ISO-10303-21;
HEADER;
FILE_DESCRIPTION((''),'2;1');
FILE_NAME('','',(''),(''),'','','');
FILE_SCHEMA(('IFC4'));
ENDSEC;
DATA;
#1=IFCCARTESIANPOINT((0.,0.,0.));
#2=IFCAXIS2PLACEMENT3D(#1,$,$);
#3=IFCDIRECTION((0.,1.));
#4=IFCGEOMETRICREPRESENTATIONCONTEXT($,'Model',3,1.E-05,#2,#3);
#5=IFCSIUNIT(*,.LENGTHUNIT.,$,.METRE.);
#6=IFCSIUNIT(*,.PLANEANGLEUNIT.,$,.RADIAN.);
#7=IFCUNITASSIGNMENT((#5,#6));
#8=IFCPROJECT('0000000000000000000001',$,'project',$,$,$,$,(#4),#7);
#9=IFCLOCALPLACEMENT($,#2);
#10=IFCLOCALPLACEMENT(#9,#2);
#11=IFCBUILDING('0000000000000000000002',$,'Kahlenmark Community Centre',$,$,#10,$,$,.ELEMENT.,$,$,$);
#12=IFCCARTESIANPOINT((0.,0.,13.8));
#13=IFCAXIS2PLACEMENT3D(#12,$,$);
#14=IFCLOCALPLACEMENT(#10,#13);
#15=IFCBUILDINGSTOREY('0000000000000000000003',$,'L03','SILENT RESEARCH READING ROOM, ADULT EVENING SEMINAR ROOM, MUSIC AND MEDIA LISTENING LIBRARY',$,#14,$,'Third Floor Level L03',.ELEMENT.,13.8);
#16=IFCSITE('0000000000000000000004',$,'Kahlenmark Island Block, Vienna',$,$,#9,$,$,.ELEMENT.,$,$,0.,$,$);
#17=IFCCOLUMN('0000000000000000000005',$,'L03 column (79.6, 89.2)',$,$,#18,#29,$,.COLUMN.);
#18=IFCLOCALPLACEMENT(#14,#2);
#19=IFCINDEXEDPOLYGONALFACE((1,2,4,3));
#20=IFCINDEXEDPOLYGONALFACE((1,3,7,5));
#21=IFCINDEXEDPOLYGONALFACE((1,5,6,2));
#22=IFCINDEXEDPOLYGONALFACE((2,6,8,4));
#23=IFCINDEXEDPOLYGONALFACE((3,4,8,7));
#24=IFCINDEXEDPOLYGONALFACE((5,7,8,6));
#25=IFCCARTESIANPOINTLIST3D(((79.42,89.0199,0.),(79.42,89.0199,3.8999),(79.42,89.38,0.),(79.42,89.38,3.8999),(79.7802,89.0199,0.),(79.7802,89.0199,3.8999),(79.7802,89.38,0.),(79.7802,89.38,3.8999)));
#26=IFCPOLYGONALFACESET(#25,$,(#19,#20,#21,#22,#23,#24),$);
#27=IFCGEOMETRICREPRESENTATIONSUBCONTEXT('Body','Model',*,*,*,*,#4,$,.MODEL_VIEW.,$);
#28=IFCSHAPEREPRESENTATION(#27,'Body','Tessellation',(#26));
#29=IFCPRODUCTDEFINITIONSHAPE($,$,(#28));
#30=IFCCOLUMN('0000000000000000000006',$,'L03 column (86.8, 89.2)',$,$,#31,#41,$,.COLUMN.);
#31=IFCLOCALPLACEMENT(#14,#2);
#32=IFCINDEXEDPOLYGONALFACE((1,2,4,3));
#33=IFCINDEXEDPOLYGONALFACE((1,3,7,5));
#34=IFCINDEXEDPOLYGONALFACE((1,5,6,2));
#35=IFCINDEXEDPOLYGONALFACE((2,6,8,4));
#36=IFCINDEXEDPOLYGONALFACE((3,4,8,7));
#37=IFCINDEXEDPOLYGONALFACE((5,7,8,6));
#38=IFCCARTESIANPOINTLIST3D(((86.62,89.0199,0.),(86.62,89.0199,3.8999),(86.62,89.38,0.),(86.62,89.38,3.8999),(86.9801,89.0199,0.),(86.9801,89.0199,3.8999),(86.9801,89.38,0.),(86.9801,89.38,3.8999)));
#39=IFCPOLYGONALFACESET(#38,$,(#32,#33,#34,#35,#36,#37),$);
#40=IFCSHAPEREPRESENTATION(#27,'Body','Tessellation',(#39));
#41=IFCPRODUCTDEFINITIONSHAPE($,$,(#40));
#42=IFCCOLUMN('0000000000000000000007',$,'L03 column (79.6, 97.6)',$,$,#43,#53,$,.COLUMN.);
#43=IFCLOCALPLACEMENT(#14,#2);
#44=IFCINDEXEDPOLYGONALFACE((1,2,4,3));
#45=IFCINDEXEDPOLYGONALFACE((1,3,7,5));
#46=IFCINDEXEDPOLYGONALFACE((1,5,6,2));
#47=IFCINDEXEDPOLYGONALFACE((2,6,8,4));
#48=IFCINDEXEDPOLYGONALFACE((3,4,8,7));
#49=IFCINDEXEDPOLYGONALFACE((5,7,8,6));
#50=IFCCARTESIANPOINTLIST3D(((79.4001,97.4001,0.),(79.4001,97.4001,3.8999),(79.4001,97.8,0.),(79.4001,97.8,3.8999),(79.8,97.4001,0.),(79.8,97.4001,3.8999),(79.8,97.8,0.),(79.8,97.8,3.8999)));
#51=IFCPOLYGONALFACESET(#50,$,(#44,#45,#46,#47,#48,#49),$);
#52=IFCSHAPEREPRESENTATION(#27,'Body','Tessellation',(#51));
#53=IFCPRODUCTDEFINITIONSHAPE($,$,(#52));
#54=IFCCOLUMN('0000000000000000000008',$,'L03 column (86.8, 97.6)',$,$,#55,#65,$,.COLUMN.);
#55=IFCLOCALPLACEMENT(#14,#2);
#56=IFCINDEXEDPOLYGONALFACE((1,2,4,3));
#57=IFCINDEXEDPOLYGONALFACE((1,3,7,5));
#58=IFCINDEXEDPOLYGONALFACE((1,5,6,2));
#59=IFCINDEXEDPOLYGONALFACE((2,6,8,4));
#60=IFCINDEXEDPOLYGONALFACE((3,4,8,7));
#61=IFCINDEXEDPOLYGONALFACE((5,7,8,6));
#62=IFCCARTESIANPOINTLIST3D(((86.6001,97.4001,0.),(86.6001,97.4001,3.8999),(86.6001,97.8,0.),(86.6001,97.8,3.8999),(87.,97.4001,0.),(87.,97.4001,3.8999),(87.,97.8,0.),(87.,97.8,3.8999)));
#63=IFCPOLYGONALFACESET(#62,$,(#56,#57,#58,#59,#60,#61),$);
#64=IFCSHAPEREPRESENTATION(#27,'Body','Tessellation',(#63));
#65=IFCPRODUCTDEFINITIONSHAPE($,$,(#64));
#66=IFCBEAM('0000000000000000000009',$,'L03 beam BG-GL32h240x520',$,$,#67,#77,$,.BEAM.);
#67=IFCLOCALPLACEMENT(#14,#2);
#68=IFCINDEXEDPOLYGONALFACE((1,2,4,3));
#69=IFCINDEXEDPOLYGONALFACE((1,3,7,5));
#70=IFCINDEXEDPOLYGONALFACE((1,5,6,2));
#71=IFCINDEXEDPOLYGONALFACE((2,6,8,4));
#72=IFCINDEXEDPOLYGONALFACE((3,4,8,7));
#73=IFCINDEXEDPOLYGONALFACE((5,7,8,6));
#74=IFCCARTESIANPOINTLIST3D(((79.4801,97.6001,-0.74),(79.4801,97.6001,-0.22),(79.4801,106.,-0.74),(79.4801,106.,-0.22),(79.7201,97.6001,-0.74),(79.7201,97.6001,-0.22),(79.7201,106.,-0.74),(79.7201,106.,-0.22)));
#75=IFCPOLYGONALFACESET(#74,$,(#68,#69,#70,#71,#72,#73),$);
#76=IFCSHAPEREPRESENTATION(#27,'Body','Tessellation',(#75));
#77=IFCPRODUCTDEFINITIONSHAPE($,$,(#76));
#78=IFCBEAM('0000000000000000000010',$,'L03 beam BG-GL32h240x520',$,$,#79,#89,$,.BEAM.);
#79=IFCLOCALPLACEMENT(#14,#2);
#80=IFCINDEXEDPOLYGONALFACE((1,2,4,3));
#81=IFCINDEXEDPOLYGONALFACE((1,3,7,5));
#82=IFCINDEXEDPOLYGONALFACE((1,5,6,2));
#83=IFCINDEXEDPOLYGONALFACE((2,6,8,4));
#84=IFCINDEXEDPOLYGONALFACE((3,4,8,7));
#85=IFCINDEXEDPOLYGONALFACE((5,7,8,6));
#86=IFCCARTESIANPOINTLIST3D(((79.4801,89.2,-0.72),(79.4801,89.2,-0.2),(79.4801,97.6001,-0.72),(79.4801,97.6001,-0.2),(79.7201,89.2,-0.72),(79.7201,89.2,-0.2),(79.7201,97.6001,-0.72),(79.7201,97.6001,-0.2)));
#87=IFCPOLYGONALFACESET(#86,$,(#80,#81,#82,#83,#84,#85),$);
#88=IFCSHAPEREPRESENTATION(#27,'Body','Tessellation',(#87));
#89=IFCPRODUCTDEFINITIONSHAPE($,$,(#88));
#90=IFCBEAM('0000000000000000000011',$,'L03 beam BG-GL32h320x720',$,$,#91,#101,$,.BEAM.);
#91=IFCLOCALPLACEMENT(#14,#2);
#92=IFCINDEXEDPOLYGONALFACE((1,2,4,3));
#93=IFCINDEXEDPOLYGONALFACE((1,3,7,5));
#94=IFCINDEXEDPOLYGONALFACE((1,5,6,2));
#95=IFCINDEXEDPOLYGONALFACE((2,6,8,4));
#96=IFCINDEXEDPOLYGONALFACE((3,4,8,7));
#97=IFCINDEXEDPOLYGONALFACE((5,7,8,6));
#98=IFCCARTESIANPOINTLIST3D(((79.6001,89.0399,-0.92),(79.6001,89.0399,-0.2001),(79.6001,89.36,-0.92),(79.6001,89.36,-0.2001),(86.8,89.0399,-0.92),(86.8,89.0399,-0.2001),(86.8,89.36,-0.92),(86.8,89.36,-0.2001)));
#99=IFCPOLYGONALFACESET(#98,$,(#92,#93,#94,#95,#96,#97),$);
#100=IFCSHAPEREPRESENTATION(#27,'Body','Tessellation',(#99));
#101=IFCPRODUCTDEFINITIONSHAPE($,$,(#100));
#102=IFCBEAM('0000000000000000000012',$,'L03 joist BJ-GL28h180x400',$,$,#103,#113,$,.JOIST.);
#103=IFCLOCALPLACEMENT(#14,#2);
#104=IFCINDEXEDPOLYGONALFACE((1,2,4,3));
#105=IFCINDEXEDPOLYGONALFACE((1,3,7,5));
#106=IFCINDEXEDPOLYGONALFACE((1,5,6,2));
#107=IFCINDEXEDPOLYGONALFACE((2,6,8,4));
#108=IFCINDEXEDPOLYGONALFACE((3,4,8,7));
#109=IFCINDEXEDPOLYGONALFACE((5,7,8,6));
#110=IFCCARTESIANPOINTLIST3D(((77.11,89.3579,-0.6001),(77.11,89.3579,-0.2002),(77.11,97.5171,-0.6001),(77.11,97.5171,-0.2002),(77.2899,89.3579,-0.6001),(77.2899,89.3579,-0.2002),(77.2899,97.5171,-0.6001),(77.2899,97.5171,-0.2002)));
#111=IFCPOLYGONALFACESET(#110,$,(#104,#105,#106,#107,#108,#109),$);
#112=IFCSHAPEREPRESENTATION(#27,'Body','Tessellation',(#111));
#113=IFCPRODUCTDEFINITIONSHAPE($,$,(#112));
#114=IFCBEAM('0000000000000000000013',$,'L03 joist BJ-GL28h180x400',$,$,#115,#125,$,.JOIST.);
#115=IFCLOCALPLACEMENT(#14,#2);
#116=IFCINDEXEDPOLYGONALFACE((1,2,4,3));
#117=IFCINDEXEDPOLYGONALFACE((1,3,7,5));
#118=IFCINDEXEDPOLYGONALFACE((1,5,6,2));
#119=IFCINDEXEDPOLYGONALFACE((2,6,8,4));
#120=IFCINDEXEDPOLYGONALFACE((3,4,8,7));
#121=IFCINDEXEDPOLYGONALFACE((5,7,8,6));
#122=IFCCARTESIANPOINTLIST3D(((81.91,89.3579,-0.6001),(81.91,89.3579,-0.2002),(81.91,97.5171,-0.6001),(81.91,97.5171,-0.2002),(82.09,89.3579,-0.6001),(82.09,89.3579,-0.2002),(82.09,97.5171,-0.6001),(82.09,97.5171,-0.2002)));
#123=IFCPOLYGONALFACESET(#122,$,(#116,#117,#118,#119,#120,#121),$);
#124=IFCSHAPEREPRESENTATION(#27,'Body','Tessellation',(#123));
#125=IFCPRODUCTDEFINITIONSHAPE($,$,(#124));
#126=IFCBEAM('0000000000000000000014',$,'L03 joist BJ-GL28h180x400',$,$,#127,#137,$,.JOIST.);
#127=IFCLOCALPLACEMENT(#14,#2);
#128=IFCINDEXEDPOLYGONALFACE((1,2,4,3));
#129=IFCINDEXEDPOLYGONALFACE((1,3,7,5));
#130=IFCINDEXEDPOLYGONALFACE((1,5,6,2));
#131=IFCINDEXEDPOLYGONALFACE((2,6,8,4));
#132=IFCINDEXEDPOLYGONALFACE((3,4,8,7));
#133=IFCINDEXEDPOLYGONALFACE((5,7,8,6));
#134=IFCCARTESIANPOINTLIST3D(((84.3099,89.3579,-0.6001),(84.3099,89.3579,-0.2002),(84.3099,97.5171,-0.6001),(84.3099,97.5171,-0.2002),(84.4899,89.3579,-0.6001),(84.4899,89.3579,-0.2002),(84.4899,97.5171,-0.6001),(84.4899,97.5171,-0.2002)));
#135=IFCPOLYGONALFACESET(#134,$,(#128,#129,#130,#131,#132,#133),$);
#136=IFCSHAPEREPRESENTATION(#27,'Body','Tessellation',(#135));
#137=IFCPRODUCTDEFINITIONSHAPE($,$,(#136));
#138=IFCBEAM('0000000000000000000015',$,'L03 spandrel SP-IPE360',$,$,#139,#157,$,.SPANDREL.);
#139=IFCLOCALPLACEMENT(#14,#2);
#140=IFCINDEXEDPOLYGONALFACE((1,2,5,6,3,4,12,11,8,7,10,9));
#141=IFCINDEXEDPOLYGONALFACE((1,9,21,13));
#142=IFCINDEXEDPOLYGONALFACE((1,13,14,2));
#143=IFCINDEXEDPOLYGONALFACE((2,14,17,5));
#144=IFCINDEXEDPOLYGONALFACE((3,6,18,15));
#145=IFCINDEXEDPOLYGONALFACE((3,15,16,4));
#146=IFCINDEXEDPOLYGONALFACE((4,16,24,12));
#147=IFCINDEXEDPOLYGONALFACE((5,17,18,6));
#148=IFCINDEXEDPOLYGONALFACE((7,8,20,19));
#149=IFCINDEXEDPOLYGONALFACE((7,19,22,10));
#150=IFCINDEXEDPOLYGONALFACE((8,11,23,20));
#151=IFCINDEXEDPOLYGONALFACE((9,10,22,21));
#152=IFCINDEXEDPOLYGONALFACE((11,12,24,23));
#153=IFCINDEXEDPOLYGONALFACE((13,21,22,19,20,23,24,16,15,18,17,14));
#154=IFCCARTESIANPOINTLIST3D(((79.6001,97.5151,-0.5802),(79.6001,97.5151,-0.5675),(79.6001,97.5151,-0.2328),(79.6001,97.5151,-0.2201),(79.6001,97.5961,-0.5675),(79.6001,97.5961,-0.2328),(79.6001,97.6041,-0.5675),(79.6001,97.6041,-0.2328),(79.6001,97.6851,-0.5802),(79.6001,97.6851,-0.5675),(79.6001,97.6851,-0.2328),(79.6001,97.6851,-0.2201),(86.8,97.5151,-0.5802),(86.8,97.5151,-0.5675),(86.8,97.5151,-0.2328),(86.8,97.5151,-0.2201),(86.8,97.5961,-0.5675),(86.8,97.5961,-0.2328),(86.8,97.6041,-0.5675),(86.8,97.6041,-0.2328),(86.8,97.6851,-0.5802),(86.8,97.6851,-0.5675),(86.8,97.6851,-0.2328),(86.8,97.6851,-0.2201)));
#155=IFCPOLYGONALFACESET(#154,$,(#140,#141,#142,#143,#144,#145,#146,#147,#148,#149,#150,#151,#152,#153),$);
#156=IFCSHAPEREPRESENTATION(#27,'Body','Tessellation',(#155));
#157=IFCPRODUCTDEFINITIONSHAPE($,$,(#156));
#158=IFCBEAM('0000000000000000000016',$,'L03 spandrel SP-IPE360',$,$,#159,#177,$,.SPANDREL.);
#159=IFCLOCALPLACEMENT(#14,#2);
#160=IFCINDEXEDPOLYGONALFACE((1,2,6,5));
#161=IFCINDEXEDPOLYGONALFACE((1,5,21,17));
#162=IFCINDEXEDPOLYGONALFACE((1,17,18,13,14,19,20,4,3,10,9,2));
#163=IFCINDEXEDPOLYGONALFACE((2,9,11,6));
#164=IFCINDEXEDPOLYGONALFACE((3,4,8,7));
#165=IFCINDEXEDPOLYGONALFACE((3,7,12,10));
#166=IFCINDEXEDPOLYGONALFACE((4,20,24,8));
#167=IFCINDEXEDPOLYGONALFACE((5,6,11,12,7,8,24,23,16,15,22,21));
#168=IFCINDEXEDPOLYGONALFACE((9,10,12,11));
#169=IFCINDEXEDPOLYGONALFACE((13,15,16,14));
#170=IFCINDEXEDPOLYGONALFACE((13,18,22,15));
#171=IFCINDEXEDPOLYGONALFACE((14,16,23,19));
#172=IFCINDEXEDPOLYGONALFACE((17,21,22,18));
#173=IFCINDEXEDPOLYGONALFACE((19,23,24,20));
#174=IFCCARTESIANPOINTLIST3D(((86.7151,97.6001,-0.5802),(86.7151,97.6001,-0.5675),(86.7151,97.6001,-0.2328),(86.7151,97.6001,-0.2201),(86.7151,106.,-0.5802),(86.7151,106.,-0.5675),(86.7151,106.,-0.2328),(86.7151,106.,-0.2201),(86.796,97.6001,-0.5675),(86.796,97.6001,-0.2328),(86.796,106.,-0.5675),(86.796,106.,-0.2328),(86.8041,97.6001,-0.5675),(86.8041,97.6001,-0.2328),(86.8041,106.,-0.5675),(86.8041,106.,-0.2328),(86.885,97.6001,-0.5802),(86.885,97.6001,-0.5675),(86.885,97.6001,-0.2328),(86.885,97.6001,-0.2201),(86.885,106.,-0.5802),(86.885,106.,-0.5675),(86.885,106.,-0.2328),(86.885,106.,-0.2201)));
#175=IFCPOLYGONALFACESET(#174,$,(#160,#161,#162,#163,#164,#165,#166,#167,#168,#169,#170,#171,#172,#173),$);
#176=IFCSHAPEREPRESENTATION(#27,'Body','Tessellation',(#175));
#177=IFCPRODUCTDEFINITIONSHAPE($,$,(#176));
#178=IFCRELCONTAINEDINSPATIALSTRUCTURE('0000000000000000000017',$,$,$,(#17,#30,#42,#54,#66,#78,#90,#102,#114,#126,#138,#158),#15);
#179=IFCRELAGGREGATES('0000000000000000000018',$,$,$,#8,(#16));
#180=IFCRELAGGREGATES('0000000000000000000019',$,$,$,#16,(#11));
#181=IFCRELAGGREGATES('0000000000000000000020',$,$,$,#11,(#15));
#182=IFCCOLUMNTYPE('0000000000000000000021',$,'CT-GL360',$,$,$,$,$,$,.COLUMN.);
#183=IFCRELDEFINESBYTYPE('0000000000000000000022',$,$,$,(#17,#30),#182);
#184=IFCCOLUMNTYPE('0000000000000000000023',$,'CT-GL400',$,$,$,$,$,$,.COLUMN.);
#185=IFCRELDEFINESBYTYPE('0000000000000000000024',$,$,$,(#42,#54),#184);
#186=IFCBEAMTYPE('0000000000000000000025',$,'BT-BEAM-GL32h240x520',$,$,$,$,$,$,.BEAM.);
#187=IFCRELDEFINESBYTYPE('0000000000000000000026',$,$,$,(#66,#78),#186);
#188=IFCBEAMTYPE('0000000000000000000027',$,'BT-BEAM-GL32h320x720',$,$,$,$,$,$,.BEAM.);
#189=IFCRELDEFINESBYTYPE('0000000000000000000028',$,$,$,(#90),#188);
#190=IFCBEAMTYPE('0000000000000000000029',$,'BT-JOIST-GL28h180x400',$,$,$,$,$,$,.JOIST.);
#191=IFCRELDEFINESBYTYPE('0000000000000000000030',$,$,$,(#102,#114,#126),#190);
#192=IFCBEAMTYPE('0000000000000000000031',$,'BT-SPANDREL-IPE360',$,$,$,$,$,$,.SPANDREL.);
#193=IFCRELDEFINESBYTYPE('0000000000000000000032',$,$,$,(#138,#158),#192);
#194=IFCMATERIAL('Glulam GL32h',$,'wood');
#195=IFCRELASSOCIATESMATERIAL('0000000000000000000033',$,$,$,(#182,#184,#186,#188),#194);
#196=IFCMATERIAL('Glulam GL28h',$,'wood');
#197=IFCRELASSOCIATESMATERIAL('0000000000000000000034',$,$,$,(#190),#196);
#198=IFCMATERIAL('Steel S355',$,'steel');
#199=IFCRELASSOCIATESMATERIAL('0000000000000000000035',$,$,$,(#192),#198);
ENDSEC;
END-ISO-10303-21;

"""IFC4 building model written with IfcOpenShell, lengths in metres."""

from ifc_helpers import new_model, si_unit, direction, frame, origin, origin_2d, place, context, subcontext, project, spatial, rectangle, i_section, extrude, material, material_profile, profile_set, type_object, element, save


model = new_model("IFC4")

# Units and contexts
model_context = context("Model", 3, precision=1e-05, world=origin(), true_north=direction((0.0, 1.0)))
body_context = subcontext(model_context, "Body", "Model", "MODEL_VIEW")
ifc_project = project(units=[si_unit("LENGTHUNIT", "METRE"), si_unit("PLANEANGLEUNIT", "RADIAN")], contexts=[model_context])

# Site, building, storey
site_placement = place(None, origin())
site = spatial("IfcSite", under=ifc_project, at=site_placement, Name="Kahlenmark Island Block, Vienna", CompositionType="ELEMENT", RefElevation=0.0)
building_placement = place(site_placement, origin())
building = spatial("IfcBuilding", under=site, at=building_placement, Name="Kahlenmark Community Centre", CompositionType="ELEMENT")
storey_placement = place(building_placement, frame((0.0, 0.0, 13.8)))
storey = spatial("IfcBuildingStorey", under=building, at=storey_placement, Name="L03", Description="SILENT RESEARCH READING ROOM, ADULT EVENING SEMINAR ROOM, MUSIC AND MEDIA LISTENING LIBRARY", LongName="Third Floor Level L03", CompositionType="ELEMENT", Elevation=13.8)

# Columns
ifc_material_1 = material(Name="Glulam GL32h", Category="wood")
ifc_material_profile_1 = material_profile(ifc_material_1, rectangle(XDim=0.3601, YDim=0.3601, at=origin_2d()), Name="GL32h 360x360")
ifc_profile_set_1 = profile_set([ifc_material_profile_1], Name="Glulam GL32h")
column_type_1 = type_object("IfcColumnType", Name="CT-GL360", PredefinedType="COLUMN", material=ifc_profile_set_1)
for number, where, z_axis, x_axis, name in (
    (1, (79.6001, 89.2, 0.0), (0.0, 0.0, 1.0), (1.0, 0.0, 0.0), "L03 column (79.6, 89.2)"),
    (2, (86.8, 89.2, 0.0), (0.0, 0.0, 1.0), (1.0, 0.0, 0.0), "L03 column (86.8, 89.2)"),
):
    element("IfcColumn", number, at=place(storey_placement, frame(where, z_axis=z_axis, x_axis=x_axis)), inside=storey, type_object=column_type_1, Name=name, PredefinedType="COLUMN", context=body_context, shape_type="SweptSolid", body=[
        extrude(rectangle(XDim=0.3601, YDim=0.3601, at=origin_2d()), origin(), (0.0, 0.0, 1.0), 3.8999),
    ])
ifc_material_profile_2 = material_profile(ifc_material_1, rectangle(XDim=0.3999, YDim=0.3999, at=origin_2d()), Name="GL32h 400x400")
ifc_profile_set_2 = profile_set([ifc_material_profile_2], Name="Glulam GL32h")
column_type_2 = type_object("IfcColumnType", Name="CT-GL400", PredefinedType="COLUMN", material=ifc_profile_set_2)
for number, where, z_axis, x_axis, name in (
    (3, (79.6001, 97.6001, 0.0), (0.0, 0.0, 1.0), (1.0, 0.0, 0.0), "L03 column (79.6, 97.6)"),
    (4, (86.8, 97.6001, 0.0), (0.0, 0.0, 1.0), (1.0, 0.0, 0.0), "L03 column (86.8, 97.6)"),
):
    element("IfcColumn", number, at=place(storey_placement, frame(where, z_axis=z_axis, x_axis=x_axis)), inside=storey, type_object=column_type_2, Name=name, PredefinedType="COLUMN", context=body_context, shape_type="SweptSolid", body=[
        extrude(rectangle(XDim=0.3999, YDim=0.3999, at=origin_2d()), origin(), (0.0, 0.0, 1.0), 3.8999),
    ])

# Beams
ifc_material_profile_3 = material_profile(ifc_material_1, rectangle(XDim=0.24, YDim=0.52, at=origin_2d()), Name="GL32h 240x520")
ifc_profile_set_3 = profile_set([ifc_material_profile_3], Name="Glulam GL32h")
beam_type_1 = type_object("IfcBeamType", Name="BT-BEAM-GL32h240x520", PredefinedType="BEAM", material=ifc_profile_set_3)
beam_1_placement = place(storey_placement, frame((79.6001, 97.6001, -0.48), z_axis=(0.0, 1.0, 0.0), x_axis=(-1.0, 0.0, 0.0)))
element("IfcBeam", 5, at=beam_1_placement, inside=storey, type_object=beam_type_1, Name="L03 beam BG-GL32h240x520", PredefinedType="BEAM", context=body_context, shape_type="SweptSolid", body=[
    extrude(rectangle(XDim=0.24, YDim=0.52, at=origin_2d()), origin(), (0.0, 0.0, 1.0), 8.3999),
])
beam_2_placement = place(storey_placement, frame((79.6001, 89.2, -0.46), z_axis=(0.0, 1.0, 0.0), x_axis=(-1.0, 0.0, 0.0)))
element("IfcBeam", 6, at=beam_2_placement, inside=storey, type_object=beam_type_1, Name="L03 beam BG-GL32h240x520", PredefinedType="BEAM", context=body_context, shape_type="SweptSolid", body=[
    extrude(rectangle(XDim=0.24, YDim=0.52, at=origin_2d()), origin(), (0.0, 0.0, 1.0), 8.4001),
])
ifc_material_profile_4 = material_profile(ifc_material_1, rectangle(XDim=0.3201, YDim=0.72, at=origin_2d()), Name="GL32h 320x720")
ifc_profile_set_4 = profile_set([ifc_material_profile_4], Name="Glulam GL32h")
beam_type_2 = type_object("IfcBeamType", Name="BT-BEAM-GL32h320x720", PredefinedType="BEAM", material=ifc_profile_set_4)
beam_3_placement = place(storey_placement, frame((79.6001, 89.2, -0.5601), z_axis=(1.0, 0.0, 0.0), x_axis=(0.0, 1.0, 0.0)))
element("IfcBeam", 7, at=beam_3_placement, inside=storey, type_object=beam_type_2, Name="L03 beam BG-GL32h320x720", PredefinedType="BEAM", context=body_context, shape_type="SweptSolid", body=[
    extrude(rectangle(XDim=0.3201, YDim=0.72, at=origin_2d()), origin(), (0.0, 0.0, 1.0), 7.2),
])
ifc_material_2 = material(Name="Glulam GL28h", Category="wood")
ifc_material_profile_5 = material_profile(ifc_material_2, rectangle(XDim=0.1799, YDim=0.3999, at=origin_2d()), Name="GL28h 180x400")
ifc_profile_set_5 = profile_set([ifc_material_profile_5], Name="Glulam GL28h")
beam_type_3 = type_object("IfcBeamType", Name="BT-JOIST-GL28h180x400", PredefinedType="JOIST", material=ifc_profile_set_5)
for number, where, z_axis, x_axis, name in (
    (8, (77.2, 89.3579, -0.4001), (0.0, 1.0, 0.0), (-1.0, 0.0, 0.0), "L03 joist BJ-GL28h180x400"),
    (9, (82.0, 89.3579, -0.4001), (0.0, 1.0, 0.0), (-1.0, 0.0, 0.0), "L03 joist BJ-GL28h180x400"),
    (10, (84.3999, 89.3579, -0.4001), (0.0, 1.0, 0.0), (-1.0, 0.0, 0.0), "L03 joist BJ-GL28h180x400"),
):
    element("IfcBeam", number, at=place(storey_placement, frame(where, z_axis=z_axis, x_axis=x_axis)), inside=storey, type_object=beam_type_3, Name=name, PredefinedType="JOIST", context=body_context, shape_type="SweptSolid", body=[
        extrude(rectangle(XDim=0.1799, YDim=0.3999, at=origin_2d()), origin(), (0.0, 0.0, 1.0), 8.1592),
    ])
ifc_material_3 = material(Name="Steel S355", Category="steel")
ifc_material_profile_6 = material_profile(ifc_material_3, i_section(OverallWidth=0.1699, OverallDepth=0.3601, WebThickness=0.0081, FlangeThickness=0.0127, at=origin_2d()), Name="IPE 360")
ifc_profile_set_6 = profile_set([ifc_material_profile_6], Name="Steel S355")
beam_type_4 = type_object("IfcBeamType", Name="BT-SPANDREL-IPE360", PredefinedType="SPANDREL", material=ifc_profile_set_6)
beam_4_placement = place(storey_placement, frame((79.6001, 97.6001, -0.4001), z_axis=(1.0, 0.0, 0.0), x_axis=(0.0, 1.0, 0.0)))
element("IfcBeam", 11, at=beam_4_placement, inside=storey, type_object=beam_type_4, Name="L03 spandrel SP-IPE360", PredefinedType="SPANDREL", context=body_context, shape_type="SweptSolid", body=[
    extrude(i_section(OverallWidth=0.1699, OverallDepth=0.3601, WebThickness=0.0081, FlangeThickness=0.0127, at=origin_2d()), origin(), (0.0, 0.0, 1.0), 7.2),
])
beam_5_placement = place(storey_placement, frame((86.8, 97.6001, -0.4001), z_axis=(0.0, 1.0, 0.0), x_axis=(-1.0, 0.0, 0.0)))
element("IfcBeam", 12, at=beam_5_placement, inside=storey, type_object=beam_type_4, Name="L03 spandrel SP-IPE360", PredefinedType="SPANDREL", context=body_context, shape_type="SweptSolid", body=[
    extrude(i_section(OverallWidth=0.1699, OverallDepth=0.3601, WebThickness=0.0081, FlangeThickness=0.0127, at=origin_2d()), origin(), (0.0, 0.0, 1.0), 8.3999),
])

save(model, "model.ifc")
